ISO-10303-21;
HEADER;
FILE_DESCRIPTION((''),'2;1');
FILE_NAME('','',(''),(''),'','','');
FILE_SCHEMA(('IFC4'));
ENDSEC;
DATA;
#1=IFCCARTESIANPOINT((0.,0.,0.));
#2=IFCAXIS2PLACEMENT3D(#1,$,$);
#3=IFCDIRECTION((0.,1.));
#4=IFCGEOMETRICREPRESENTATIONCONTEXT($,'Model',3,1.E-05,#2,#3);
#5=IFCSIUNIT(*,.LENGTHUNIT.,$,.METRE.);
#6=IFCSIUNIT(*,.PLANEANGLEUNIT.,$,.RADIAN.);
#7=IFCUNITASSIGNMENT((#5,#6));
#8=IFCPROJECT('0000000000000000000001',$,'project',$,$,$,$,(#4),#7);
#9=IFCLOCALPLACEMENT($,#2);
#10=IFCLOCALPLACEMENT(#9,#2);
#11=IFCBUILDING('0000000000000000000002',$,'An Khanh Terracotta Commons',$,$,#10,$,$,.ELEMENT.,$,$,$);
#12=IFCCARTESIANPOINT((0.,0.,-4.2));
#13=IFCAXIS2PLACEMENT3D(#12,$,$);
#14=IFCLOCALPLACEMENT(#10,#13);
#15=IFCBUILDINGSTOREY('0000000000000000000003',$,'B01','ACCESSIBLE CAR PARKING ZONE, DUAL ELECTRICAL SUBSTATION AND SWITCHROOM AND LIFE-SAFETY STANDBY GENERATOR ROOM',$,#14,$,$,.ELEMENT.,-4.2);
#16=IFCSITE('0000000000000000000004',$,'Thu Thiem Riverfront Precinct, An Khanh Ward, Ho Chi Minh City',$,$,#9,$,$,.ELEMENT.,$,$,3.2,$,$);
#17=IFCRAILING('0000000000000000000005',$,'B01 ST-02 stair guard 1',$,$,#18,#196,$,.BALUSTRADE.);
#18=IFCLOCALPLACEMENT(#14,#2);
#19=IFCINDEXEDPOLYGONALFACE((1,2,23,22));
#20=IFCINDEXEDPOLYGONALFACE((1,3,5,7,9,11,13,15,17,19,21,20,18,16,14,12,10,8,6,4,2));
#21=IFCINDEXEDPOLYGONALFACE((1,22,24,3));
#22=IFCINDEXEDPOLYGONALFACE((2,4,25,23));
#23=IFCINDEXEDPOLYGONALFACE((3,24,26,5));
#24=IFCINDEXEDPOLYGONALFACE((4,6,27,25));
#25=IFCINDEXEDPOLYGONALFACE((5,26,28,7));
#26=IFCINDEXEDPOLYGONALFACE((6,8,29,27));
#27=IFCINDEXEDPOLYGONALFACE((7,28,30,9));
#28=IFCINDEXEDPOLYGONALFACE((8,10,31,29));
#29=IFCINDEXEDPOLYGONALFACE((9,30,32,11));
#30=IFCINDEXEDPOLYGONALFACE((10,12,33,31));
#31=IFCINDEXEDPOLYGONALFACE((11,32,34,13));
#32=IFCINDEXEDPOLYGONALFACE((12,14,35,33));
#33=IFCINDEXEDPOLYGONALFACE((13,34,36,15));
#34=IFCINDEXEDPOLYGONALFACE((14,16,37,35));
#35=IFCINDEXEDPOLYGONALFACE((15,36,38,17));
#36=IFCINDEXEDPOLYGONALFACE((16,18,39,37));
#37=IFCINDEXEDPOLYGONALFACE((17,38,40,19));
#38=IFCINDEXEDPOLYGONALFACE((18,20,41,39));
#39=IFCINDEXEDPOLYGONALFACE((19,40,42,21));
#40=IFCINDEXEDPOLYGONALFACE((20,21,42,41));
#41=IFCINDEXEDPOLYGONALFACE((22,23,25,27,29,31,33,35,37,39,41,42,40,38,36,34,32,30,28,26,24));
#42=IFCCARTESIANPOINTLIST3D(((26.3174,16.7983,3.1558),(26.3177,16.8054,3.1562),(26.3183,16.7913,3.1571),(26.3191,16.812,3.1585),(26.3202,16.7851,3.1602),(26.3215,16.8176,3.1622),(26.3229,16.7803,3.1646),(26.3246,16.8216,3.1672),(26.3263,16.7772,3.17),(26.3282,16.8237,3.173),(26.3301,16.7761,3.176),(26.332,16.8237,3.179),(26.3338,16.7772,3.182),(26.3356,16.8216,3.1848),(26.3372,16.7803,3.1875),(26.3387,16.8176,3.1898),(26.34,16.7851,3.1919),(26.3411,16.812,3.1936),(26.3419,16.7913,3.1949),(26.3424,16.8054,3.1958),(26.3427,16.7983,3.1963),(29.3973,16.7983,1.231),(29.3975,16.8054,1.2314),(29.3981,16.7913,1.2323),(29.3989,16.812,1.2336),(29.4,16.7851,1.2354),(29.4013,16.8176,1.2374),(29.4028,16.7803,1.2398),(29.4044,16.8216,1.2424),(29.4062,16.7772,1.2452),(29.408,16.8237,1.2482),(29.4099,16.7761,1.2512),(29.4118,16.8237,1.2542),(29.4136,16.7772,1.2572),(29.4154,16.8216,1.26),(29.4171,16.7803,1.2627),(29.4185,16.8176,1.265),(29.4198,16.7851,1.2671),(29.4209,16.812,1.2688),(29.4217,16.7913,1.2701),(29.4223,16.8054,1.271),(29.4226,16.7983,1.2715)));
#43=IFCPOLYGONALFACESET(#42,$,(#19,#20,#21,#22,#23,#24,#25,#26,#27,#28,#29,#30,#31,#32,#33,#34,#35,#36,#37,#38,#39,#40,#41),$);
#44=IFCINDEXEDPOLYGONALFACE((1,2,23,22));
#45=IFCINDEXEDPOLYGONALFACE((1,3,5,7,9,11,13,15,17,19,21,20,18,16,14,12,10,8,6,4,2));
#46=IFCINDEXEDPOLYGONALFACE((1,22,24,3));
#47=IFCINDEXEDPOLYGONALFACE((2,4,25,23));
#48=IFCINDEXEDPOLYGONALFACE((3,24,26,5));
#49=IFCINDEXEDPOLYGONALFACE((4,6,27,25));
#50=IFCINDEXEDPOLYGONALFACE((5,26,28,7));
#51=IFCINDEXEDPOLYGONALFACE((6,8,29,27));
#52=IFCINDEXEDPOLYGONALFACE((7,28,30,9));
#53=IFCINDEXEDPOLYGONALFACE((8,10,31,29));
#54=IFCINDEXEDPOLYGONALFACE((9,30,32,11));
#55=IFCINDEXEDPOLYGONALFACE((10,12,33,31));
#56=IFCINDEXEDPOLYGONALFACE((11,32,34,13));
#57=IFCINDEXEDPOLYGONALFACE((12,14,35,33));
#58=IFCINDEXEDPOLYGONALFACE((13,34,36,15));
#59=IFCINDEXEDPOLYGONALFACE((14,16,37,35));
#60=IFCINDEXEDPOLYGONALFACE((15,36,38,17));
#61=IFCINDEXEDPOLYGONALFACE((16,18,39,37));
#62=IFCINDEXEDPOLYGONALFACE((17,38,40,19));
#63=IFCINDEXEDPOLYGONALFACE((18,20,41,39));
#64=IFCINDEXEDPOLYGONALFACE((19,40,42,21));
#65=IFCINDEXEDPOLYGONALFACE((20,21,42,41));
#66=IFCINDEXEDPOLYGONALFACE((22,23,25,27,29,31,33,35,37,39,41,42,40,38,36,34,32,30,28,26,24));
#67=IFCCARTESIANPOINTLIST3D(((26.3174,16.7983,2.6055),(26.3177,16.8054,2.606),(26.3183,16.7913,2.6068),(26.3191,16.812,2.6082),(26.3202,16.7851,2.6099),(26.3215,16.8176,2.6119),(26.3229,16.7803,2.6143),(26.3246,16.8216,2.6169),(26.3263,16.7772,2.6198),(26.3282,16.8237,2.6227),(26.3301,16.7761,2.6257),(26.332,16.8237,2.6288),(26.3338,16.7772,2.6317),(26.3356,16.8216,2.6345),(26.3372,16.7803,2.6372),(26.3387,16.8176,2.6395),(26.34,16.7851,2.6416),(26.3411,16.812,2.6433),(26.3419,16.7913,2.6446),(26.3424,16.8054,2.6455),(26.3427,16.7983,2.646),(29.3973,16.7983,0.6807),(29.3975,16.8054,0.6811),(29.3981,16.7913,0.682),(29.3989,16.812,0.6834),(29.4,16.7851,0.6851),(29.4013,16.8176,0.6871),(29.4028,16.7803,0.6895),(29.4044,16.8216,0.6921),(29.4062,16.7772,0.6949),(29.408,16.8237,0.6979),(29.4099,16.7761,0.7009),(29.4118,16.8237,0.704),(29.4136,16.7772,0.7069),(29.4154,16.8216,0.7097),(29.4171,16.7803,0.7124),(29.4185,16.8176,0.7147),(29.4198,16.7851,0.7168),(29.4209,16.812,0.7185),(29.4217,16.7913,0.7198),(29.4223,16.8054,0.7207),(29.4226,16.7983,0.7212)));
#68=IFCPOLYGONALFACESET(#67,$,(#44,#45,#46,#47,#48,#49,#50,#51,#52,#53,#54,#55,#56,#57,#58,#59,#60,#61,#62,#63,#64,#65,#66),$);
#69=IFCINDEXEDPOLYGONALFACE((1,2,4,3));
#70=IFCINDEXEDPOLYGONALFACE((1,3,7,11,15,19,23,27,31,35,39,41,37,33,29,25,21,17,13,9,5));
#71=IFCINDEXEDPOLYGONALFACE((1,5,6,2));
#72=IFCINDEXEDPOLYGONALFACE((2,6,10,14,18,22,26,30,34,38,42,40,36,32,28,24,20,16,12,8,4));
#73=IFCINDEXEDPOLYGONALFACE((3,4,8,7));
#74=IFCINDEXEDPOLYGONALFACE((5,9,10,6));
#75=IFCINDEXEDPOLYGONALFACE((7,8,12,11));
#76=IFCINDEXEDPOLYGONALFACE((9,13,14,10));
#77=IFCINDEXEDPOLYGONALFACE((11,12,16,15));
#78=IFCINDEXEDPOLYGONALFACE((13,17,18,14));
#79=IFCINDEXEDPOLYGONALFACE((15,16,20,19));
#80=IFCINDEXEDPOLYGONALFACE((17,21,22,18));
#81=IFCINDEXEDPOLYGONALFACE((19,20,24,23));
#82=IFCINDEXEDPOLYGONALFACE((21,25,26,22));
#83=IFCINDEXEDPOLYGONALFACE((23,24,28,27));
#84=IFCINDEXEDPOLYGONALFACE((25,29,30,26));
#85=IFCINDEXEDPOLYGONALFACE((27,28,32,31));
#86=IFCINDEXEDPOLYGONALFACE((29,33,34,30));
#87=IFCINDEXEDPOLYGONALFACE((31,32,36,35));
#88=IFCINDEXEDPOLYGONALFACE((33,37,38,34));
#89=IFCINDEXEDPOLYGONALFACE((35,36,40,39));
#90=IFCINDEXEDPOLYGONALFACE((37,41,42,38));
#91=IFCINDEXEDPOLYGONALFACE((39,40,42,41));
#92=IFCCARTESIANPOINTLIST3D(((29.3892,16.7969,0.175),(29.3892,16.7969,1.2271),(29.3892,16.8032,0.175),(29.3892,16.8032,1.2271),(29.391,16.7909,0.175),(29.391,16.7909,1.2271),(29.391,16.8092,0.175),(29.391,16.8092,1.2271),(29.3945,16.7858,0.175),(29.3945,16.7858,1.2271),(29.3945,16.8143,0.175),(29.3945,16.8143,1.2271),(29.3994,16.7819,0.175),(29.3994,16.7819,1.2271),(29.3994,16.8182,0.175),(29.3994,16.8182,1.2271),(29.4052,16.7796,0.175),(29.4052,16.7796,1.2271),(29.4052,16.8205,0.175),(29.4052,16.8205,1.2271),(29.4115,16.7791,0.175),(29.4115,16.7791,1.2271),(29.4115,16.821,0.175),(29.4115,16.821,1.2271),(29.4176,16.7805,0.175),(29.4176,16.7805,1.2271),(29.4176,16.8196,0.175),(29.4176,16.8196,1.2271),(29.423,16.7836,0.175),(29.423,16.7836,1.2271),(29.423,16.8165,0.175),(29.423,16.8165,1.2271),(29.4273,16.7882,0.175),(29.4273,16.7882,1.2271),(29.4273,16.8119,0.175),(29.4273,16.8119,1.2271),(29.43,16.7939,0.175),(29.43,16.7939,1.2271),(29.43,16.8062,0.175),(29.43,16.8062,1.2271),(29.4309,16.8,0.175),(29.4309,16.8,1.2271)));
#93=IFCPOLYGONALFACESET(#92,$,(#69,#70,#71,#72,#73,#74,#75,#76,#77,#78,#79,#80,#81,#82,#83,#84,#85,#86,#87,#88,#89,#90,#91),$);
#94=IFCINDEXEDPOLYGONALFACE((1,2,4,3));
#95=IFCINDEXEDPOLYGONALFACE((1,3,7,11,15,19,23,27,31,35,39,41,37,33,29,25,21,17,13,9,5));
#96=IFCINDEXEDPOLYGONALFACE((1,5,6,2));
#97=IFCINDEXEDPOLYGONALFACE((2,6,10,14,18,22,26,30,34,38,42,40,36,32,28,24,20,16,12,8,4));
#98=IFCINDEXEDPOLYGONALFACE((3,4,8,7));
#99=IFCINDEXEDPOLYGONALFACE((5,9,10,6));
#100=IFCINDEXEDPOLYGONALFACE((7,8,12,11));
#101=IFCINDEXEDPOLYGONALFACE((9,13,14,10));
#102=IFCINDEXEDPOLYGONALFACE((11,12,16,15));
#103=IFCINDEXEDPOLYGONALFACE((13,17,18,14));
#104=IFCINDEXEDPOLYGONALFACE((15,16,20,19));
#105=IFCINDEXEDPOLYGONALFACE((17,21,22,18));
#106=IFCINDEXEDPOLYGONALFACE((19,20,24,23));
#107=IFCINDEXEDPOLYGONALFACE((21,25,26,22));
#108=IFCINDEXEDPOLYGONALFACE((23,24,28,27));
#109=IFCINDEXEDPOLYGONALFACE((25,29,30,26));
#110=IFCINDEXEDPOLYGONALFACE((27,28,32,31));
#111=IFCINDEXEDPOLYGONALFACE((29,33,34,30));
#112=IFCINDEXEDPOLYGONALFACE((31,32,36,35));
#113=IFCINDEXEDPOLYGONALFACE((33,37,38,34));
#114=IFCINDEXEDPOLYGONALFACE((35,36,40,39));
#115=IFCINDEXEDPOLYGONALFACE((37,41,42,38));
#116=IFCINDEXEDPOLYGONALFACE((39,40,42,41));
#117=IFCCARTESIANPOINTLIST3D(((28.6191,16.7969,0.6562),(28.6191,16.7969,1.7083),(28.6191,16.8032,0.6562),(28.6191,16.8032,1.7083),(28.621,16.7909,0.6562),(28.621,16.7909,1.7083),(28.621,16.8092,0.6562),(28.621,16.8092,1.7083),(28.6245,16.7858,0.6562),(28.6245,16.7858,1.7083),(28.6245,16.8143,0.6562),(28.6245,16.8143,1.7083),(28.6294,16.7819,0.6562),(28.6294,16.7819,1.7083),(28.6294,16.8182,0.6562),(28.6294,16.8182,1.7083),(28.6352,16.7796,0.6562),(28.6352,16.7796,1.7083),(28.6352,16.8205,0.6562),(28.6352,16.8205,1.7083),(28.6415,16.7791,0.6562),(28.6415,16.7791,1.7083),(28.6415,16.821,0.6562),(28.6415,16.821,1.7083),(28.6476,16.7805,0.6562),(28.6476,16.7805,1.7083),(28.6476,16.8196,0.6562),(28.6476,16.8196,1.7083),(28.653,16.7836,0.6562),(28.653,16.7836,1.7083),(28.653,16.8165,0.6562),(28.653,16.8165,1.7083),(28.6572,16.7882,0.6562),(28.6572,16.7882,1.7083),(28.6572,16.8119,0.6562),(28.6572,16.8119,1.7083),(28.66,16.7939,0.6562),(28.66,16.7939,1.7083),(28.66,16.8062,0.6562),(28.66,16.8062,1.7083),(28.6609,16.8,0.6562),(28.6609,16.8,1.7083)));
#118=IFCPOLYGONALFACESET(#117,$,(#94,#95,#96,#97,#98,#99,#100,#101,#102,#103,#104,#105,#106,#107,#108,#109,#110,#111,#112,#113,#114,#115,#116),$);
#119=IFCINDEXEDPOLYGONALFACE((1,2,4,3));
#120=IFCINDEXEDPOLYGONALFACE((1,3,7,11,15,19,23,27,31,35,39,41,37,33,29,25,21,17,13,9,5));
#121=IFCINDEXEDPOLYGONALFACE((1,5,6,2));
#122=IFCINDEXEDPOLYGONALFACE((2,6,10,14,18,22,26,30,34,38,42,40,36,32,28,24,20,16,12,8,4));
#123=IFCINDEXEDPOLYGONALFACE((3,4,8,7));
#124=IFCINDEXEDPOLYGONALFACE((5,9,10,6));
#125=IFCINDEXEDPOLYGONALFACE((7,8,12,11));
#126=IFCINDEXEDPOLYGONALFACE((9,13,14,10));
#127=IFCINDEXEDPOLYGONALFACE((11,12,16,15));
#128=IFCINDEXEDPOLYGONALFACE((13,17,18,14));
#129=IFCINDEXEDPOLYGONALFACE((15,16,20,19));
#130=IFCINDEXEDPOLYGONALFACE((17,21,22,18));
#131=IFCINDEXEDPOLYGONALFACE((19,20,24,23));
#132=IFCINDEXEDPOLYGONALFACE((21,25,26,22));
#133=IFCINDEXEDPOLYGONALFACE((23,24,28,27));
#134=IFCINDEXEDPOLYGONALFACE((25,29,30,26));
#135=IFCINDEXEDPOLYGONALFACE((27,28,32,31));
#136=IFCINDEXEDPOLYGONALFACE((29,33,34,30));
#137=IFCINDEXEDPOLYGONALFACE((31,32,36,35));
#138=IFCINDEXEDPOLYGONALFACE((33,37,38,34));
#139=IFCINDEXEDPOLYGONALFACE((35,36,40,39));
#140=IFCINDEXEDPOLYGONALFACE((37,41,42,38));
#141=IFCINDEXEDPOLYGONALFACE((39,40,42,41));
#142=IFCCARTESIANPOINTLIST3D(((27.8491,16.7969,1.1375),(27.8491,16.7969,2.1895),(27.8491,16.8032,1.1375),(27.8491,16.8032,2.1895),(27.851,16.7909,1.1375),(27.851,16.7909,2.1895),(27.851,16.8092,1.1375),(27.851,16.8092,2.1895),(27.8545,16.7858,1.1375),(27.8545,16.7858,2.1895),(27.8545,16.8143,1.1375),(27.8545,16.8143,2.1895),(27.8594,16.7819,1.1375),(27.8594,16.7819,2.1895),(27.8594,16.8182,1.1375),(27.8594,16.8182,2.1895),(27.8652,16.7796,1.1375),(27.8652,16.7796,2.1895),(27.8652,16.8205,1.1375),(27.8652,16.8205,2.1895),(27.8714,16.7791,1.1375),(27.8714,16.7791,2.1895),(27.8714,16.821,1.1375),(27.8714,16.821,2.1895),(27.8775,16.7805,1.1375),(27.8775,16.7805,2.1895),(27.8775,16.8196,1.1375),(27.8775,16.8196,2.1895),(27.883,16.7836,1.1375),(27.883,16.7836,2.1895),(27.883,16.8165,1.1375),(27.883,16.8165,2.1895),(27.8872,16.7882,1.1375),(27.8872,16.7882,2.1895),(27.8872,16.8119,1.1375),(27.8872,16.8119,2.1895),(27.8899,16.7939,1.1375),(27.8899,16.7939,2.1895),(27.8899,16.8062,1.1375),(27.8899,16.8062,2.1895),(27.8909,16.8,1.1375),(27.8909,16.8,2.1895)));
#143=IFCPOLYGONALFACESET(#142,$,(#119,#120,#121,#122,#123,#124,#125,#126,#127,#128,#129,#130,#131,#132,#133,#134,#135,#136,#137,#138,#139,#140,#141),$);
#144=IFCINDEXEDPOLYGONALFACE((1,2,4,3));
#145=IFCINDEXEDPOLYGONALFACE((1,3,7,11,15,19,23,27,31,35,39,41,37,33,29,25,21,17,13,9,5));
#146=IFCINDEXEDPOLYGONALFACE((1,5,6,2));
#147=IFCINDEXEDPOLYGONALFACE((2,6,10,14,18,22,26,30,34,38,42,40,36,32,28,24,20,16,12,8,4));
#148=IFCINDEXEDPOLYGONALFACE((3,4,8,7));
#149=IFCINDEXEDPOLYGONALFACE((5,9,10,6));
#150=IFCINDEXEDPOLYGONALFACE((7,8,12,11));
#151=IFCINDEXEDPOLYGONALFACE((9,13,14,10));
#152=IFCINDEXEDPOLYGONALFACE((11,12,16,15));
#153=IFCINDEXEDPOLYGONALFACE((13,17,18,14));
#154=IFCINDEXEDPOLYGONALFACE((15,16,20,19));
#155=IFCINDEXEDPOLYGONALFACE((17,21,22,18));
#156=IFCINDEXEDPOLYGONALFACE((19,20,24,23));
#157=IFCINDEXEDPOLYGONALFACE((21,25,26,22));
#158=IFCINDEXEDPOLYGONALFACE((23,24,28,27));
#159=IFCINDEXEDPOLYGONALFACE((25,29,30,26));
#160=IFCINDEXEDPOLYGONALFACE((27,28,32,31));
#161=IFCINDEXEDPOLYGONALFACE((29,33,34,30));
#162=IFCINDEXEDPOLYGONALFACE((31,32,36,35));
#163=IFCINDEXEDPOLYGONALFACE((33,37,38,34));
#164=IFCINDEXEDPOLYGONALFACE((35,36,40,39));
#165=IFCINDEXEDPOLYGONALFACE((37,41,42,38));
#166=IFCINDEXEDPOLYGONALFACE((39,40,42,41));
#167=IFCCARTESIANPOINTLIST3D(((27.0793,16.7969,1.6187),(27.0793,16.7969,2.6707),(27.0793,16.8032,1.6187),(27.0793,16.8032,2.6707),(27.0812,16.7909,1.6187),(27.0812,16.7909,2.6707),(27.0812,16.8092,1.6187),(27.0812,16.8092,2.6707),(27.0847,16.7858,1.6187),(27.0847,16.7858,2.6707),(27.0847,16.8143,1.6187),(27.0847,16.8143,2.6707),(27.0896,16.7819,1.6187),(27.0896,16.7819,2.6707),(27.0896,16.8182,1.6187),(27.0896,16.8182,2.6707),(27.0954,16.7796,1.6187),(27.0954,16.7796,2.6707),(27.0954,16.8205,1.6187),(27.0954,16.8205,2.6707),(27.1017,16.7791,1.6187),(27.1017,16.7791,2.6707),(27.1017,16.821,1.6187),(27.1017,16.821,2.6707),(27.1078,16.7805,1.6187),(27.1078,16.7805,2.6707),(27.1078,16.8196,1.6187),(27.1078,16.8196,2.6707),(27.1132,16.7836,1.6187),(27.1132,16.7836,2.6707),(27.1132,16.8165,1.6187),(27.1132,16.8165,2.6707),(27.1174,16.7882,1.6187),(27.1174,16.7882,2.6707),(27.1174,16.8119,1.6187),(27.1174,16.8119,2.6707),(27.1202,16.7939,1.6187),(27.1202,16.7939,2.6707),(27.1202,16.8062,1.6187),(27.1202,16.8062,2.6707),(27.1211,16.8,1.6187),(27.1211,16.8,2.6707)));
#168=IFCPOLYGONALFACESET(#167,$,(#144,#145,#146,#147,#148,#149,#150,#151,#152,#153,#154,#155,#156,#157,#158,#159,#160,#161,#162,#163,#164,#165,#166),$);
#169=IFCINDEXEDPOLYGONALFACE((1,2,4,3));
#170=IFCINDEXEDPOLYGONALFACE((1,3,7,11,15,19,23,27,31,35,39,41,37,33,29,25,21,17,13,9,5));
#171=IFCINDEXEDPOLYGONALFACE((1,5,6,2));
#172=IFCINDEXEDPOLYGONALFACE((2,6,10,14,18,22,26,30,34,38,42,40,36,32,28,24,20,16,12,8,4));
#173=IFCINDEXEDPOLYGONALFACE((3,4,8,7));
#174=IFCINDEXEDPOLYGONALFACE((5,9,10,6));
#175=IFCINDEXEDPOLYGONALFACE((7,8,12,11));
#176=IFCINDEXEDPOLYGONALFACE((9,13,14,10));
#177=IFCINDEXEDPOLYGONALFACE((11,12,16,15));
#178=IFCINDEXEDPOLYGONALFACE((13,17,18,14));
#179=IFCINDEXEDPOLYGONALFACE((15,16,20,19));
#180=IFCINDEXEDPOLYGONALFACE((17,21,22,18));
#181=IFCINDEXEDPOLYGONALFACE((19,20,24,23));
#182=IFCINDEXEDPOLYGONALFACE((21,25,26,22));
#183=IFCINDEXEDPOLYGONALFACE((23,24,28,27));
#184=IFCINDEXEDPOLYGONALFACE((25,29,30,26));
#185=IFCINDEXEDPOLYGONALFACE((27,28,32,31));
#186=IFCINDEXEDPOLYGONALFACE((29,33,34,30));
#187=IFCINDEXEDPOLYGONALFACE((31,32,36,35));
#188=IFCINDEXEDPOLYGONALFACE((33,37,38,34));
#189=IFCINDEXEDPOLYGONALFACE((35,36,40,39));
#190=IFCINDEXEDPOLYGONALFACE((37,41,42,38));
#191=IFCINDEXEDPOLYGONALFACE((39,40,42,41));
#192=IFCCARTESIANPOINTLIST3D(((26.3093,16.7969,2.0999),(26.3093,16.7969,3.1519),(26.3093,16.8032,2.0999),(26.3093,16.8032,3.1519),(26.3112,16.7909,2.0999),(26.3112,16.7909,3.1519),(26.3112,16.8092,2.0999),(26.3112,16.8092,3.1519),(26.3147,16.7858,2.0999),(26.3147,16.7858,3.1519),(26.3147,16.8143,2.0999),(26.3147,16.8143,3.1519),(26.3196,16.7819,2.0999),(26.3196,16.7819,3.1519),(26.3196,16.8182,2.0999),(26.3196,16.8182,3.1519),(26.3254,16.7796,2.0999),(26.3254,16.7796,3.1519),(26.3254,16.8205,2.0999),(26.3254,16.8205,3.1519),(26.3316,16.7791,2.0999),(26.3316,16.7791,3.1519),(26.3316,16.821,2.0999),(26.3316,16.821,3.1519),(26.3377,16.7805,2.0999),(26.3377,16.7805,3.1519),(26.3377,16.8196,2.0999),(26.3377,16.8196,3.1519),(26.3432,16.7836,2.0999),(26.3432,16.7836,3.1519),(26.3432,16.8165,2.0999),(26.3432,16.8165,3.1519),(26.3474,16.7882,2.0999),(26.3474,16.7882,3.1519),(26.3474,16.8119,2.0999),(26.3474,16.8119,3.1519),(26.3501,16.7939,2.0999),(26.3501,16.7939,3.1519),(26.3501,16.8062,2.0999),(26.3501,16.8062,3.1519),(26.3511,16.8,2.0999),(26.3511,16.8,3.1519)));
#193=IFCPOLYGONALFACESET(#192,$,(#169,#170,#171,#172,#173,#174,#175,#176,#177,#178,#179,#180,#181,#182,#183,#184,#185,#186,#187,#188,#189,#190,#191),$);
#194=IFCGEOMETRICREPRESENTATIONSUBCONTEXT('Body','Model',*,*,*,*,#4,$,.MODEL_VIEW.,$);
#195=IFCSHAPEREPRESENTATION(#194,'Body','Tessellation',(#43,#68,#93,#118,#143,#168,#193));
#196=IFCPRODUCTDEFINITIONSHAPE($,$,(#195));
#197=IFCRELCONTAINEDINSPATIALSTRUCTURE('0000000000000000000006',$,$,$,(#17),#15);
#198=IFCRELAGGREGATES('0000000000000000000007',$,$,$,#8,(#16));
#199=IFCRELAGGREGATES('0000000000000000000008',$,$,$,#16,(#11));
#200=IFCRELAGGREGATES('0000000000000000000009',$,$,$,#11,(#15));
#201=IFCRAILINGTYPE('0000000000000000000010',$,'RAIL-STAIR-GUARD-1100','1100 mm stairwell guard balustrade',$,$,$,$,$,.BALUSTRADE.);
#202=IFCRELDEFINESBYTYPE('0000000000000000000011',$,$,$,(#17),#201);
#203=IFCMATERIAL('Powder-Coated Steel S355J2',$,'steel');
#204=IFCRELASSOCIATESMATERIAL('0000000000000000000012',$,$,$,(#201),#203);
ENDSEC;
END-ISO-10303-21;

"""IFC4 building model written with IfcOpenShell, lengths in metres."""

from ifc_helpers import new_model, si_unit, direction, frame, origin, origin_2d, place, context, subcontext, project, spatial, circle, extrude, material, type_object, element, save


model = new_model("IFC4")

# Units and contexts
model_context = context("Model", 3, precision=1e-05, world=origin(), true_north=direction((0.0, 1.0)))
body_context = subcontext(model_context, "Body", "Model", "MODEL_VIEW")
ifc_project = project(units=[si_unit("LENGTHUNIT", "METRE"), si_unit("PLANEANGLEUNIT", "RADIAN")], contexts=[model_context])

# Site, building, storey
site_placement = place(None, origin())
site = spatial("IfcSite", under=ifc_project, at=site_placement, Name="Thu Thiem Riverfront Precinct, An Khanh Ward, Ho Chi Minh City", CompositionType="ELEMENT", RefElevation=3.2)
building_placement = place(site_placement, origin())
building = spatial("IfcBuilding", under=site, at=building_placement, Name="An Khanh Terracotta Commons", CompositionType="ELEMENT")
storey_placement = place(building_placement, frame((0.0, 0.0, -4.2)))
storey = spatial("IfcBuildingStorey", under=building, at=storey_placement, Name="B01", Description="ACCESSIBLE CAR PARKING ZONE, DUAL ELECTRICAL SUBSTATION AND SWITCHROOM AND LIFE-SAFETY STANDBY GENERATOR ROOM", CompositionType="ELEMENT", Elevation=-4.2)

# Railing
ifc_material_1 = material(Name="Powder-Coated Steel S355J2", Category="steel")
railing_type_1 = type_object("IfcRailingType", Name="RAIL-STAIR-GUARD-1100", Description="1100 mm stairwell guard balustrade", PredefinedType="BALUSTRADE", material=ifc_material_1)
railing_1_placement = place(storey_placement, frame((29.4099, 16.8, 0.175)))
element("IfcRailing", 1, at=railing_1_placement, inside=storey, type_object=railing_type_1, Name="B01 ST-02 stair guard 1", PredefinedType="BALUSTRADE", context=body_context, shape_type="SweptSolid", body=[
    extrude(circle(Radius=0.0239, at=origin_2d()), frame((0.0, 0.0, 1.0762), z_axis=(-0.84801, 0.0, 0.529981), x_axis=(0.0, -1.0, 0.0)), (0.0, 0.0, 1.0), 3.6318),
    extrude(circle(Radius=0.0239, at=origin_2d()), frame((0.0, 0.0, 0.5259), z_axis=(-0.84801, 0.0, 0.529981), x_axis=(0.0, -1.0, 0.0)), (0.0, 0.0, 1.0), 3.6318),
    extrude(circle(Radius=0.021, at=origin_2d()), origin(), (0.0, 0.0, 1.0), 1.052),
    extrude(circle(Radius=0.021, at=origin_2d()), frame((-0.77, 0.0, 0.4812)), (0.0, 0.0, 1.0), 1.052),
    extrude(circle(Radius=0.021, at=origin_2d()), frame((-1.54, 0.0, 0.9624)), (0.0, 0.0, 1.0), 1.052),
    extrude(circle(Radius=0.021, at=origin_2d()), frame((-2.3098, 0.0, 1.4436)), (0.0, 0.0, 1.0), 1.052),
    extrude(circle(Radius=0.021, at=origin_2d()), frame((-3.0798, 0.0, 1.9248)), (0.0, 0.0, 1.0), 1.052),
])

save(model, "model.ifc")
